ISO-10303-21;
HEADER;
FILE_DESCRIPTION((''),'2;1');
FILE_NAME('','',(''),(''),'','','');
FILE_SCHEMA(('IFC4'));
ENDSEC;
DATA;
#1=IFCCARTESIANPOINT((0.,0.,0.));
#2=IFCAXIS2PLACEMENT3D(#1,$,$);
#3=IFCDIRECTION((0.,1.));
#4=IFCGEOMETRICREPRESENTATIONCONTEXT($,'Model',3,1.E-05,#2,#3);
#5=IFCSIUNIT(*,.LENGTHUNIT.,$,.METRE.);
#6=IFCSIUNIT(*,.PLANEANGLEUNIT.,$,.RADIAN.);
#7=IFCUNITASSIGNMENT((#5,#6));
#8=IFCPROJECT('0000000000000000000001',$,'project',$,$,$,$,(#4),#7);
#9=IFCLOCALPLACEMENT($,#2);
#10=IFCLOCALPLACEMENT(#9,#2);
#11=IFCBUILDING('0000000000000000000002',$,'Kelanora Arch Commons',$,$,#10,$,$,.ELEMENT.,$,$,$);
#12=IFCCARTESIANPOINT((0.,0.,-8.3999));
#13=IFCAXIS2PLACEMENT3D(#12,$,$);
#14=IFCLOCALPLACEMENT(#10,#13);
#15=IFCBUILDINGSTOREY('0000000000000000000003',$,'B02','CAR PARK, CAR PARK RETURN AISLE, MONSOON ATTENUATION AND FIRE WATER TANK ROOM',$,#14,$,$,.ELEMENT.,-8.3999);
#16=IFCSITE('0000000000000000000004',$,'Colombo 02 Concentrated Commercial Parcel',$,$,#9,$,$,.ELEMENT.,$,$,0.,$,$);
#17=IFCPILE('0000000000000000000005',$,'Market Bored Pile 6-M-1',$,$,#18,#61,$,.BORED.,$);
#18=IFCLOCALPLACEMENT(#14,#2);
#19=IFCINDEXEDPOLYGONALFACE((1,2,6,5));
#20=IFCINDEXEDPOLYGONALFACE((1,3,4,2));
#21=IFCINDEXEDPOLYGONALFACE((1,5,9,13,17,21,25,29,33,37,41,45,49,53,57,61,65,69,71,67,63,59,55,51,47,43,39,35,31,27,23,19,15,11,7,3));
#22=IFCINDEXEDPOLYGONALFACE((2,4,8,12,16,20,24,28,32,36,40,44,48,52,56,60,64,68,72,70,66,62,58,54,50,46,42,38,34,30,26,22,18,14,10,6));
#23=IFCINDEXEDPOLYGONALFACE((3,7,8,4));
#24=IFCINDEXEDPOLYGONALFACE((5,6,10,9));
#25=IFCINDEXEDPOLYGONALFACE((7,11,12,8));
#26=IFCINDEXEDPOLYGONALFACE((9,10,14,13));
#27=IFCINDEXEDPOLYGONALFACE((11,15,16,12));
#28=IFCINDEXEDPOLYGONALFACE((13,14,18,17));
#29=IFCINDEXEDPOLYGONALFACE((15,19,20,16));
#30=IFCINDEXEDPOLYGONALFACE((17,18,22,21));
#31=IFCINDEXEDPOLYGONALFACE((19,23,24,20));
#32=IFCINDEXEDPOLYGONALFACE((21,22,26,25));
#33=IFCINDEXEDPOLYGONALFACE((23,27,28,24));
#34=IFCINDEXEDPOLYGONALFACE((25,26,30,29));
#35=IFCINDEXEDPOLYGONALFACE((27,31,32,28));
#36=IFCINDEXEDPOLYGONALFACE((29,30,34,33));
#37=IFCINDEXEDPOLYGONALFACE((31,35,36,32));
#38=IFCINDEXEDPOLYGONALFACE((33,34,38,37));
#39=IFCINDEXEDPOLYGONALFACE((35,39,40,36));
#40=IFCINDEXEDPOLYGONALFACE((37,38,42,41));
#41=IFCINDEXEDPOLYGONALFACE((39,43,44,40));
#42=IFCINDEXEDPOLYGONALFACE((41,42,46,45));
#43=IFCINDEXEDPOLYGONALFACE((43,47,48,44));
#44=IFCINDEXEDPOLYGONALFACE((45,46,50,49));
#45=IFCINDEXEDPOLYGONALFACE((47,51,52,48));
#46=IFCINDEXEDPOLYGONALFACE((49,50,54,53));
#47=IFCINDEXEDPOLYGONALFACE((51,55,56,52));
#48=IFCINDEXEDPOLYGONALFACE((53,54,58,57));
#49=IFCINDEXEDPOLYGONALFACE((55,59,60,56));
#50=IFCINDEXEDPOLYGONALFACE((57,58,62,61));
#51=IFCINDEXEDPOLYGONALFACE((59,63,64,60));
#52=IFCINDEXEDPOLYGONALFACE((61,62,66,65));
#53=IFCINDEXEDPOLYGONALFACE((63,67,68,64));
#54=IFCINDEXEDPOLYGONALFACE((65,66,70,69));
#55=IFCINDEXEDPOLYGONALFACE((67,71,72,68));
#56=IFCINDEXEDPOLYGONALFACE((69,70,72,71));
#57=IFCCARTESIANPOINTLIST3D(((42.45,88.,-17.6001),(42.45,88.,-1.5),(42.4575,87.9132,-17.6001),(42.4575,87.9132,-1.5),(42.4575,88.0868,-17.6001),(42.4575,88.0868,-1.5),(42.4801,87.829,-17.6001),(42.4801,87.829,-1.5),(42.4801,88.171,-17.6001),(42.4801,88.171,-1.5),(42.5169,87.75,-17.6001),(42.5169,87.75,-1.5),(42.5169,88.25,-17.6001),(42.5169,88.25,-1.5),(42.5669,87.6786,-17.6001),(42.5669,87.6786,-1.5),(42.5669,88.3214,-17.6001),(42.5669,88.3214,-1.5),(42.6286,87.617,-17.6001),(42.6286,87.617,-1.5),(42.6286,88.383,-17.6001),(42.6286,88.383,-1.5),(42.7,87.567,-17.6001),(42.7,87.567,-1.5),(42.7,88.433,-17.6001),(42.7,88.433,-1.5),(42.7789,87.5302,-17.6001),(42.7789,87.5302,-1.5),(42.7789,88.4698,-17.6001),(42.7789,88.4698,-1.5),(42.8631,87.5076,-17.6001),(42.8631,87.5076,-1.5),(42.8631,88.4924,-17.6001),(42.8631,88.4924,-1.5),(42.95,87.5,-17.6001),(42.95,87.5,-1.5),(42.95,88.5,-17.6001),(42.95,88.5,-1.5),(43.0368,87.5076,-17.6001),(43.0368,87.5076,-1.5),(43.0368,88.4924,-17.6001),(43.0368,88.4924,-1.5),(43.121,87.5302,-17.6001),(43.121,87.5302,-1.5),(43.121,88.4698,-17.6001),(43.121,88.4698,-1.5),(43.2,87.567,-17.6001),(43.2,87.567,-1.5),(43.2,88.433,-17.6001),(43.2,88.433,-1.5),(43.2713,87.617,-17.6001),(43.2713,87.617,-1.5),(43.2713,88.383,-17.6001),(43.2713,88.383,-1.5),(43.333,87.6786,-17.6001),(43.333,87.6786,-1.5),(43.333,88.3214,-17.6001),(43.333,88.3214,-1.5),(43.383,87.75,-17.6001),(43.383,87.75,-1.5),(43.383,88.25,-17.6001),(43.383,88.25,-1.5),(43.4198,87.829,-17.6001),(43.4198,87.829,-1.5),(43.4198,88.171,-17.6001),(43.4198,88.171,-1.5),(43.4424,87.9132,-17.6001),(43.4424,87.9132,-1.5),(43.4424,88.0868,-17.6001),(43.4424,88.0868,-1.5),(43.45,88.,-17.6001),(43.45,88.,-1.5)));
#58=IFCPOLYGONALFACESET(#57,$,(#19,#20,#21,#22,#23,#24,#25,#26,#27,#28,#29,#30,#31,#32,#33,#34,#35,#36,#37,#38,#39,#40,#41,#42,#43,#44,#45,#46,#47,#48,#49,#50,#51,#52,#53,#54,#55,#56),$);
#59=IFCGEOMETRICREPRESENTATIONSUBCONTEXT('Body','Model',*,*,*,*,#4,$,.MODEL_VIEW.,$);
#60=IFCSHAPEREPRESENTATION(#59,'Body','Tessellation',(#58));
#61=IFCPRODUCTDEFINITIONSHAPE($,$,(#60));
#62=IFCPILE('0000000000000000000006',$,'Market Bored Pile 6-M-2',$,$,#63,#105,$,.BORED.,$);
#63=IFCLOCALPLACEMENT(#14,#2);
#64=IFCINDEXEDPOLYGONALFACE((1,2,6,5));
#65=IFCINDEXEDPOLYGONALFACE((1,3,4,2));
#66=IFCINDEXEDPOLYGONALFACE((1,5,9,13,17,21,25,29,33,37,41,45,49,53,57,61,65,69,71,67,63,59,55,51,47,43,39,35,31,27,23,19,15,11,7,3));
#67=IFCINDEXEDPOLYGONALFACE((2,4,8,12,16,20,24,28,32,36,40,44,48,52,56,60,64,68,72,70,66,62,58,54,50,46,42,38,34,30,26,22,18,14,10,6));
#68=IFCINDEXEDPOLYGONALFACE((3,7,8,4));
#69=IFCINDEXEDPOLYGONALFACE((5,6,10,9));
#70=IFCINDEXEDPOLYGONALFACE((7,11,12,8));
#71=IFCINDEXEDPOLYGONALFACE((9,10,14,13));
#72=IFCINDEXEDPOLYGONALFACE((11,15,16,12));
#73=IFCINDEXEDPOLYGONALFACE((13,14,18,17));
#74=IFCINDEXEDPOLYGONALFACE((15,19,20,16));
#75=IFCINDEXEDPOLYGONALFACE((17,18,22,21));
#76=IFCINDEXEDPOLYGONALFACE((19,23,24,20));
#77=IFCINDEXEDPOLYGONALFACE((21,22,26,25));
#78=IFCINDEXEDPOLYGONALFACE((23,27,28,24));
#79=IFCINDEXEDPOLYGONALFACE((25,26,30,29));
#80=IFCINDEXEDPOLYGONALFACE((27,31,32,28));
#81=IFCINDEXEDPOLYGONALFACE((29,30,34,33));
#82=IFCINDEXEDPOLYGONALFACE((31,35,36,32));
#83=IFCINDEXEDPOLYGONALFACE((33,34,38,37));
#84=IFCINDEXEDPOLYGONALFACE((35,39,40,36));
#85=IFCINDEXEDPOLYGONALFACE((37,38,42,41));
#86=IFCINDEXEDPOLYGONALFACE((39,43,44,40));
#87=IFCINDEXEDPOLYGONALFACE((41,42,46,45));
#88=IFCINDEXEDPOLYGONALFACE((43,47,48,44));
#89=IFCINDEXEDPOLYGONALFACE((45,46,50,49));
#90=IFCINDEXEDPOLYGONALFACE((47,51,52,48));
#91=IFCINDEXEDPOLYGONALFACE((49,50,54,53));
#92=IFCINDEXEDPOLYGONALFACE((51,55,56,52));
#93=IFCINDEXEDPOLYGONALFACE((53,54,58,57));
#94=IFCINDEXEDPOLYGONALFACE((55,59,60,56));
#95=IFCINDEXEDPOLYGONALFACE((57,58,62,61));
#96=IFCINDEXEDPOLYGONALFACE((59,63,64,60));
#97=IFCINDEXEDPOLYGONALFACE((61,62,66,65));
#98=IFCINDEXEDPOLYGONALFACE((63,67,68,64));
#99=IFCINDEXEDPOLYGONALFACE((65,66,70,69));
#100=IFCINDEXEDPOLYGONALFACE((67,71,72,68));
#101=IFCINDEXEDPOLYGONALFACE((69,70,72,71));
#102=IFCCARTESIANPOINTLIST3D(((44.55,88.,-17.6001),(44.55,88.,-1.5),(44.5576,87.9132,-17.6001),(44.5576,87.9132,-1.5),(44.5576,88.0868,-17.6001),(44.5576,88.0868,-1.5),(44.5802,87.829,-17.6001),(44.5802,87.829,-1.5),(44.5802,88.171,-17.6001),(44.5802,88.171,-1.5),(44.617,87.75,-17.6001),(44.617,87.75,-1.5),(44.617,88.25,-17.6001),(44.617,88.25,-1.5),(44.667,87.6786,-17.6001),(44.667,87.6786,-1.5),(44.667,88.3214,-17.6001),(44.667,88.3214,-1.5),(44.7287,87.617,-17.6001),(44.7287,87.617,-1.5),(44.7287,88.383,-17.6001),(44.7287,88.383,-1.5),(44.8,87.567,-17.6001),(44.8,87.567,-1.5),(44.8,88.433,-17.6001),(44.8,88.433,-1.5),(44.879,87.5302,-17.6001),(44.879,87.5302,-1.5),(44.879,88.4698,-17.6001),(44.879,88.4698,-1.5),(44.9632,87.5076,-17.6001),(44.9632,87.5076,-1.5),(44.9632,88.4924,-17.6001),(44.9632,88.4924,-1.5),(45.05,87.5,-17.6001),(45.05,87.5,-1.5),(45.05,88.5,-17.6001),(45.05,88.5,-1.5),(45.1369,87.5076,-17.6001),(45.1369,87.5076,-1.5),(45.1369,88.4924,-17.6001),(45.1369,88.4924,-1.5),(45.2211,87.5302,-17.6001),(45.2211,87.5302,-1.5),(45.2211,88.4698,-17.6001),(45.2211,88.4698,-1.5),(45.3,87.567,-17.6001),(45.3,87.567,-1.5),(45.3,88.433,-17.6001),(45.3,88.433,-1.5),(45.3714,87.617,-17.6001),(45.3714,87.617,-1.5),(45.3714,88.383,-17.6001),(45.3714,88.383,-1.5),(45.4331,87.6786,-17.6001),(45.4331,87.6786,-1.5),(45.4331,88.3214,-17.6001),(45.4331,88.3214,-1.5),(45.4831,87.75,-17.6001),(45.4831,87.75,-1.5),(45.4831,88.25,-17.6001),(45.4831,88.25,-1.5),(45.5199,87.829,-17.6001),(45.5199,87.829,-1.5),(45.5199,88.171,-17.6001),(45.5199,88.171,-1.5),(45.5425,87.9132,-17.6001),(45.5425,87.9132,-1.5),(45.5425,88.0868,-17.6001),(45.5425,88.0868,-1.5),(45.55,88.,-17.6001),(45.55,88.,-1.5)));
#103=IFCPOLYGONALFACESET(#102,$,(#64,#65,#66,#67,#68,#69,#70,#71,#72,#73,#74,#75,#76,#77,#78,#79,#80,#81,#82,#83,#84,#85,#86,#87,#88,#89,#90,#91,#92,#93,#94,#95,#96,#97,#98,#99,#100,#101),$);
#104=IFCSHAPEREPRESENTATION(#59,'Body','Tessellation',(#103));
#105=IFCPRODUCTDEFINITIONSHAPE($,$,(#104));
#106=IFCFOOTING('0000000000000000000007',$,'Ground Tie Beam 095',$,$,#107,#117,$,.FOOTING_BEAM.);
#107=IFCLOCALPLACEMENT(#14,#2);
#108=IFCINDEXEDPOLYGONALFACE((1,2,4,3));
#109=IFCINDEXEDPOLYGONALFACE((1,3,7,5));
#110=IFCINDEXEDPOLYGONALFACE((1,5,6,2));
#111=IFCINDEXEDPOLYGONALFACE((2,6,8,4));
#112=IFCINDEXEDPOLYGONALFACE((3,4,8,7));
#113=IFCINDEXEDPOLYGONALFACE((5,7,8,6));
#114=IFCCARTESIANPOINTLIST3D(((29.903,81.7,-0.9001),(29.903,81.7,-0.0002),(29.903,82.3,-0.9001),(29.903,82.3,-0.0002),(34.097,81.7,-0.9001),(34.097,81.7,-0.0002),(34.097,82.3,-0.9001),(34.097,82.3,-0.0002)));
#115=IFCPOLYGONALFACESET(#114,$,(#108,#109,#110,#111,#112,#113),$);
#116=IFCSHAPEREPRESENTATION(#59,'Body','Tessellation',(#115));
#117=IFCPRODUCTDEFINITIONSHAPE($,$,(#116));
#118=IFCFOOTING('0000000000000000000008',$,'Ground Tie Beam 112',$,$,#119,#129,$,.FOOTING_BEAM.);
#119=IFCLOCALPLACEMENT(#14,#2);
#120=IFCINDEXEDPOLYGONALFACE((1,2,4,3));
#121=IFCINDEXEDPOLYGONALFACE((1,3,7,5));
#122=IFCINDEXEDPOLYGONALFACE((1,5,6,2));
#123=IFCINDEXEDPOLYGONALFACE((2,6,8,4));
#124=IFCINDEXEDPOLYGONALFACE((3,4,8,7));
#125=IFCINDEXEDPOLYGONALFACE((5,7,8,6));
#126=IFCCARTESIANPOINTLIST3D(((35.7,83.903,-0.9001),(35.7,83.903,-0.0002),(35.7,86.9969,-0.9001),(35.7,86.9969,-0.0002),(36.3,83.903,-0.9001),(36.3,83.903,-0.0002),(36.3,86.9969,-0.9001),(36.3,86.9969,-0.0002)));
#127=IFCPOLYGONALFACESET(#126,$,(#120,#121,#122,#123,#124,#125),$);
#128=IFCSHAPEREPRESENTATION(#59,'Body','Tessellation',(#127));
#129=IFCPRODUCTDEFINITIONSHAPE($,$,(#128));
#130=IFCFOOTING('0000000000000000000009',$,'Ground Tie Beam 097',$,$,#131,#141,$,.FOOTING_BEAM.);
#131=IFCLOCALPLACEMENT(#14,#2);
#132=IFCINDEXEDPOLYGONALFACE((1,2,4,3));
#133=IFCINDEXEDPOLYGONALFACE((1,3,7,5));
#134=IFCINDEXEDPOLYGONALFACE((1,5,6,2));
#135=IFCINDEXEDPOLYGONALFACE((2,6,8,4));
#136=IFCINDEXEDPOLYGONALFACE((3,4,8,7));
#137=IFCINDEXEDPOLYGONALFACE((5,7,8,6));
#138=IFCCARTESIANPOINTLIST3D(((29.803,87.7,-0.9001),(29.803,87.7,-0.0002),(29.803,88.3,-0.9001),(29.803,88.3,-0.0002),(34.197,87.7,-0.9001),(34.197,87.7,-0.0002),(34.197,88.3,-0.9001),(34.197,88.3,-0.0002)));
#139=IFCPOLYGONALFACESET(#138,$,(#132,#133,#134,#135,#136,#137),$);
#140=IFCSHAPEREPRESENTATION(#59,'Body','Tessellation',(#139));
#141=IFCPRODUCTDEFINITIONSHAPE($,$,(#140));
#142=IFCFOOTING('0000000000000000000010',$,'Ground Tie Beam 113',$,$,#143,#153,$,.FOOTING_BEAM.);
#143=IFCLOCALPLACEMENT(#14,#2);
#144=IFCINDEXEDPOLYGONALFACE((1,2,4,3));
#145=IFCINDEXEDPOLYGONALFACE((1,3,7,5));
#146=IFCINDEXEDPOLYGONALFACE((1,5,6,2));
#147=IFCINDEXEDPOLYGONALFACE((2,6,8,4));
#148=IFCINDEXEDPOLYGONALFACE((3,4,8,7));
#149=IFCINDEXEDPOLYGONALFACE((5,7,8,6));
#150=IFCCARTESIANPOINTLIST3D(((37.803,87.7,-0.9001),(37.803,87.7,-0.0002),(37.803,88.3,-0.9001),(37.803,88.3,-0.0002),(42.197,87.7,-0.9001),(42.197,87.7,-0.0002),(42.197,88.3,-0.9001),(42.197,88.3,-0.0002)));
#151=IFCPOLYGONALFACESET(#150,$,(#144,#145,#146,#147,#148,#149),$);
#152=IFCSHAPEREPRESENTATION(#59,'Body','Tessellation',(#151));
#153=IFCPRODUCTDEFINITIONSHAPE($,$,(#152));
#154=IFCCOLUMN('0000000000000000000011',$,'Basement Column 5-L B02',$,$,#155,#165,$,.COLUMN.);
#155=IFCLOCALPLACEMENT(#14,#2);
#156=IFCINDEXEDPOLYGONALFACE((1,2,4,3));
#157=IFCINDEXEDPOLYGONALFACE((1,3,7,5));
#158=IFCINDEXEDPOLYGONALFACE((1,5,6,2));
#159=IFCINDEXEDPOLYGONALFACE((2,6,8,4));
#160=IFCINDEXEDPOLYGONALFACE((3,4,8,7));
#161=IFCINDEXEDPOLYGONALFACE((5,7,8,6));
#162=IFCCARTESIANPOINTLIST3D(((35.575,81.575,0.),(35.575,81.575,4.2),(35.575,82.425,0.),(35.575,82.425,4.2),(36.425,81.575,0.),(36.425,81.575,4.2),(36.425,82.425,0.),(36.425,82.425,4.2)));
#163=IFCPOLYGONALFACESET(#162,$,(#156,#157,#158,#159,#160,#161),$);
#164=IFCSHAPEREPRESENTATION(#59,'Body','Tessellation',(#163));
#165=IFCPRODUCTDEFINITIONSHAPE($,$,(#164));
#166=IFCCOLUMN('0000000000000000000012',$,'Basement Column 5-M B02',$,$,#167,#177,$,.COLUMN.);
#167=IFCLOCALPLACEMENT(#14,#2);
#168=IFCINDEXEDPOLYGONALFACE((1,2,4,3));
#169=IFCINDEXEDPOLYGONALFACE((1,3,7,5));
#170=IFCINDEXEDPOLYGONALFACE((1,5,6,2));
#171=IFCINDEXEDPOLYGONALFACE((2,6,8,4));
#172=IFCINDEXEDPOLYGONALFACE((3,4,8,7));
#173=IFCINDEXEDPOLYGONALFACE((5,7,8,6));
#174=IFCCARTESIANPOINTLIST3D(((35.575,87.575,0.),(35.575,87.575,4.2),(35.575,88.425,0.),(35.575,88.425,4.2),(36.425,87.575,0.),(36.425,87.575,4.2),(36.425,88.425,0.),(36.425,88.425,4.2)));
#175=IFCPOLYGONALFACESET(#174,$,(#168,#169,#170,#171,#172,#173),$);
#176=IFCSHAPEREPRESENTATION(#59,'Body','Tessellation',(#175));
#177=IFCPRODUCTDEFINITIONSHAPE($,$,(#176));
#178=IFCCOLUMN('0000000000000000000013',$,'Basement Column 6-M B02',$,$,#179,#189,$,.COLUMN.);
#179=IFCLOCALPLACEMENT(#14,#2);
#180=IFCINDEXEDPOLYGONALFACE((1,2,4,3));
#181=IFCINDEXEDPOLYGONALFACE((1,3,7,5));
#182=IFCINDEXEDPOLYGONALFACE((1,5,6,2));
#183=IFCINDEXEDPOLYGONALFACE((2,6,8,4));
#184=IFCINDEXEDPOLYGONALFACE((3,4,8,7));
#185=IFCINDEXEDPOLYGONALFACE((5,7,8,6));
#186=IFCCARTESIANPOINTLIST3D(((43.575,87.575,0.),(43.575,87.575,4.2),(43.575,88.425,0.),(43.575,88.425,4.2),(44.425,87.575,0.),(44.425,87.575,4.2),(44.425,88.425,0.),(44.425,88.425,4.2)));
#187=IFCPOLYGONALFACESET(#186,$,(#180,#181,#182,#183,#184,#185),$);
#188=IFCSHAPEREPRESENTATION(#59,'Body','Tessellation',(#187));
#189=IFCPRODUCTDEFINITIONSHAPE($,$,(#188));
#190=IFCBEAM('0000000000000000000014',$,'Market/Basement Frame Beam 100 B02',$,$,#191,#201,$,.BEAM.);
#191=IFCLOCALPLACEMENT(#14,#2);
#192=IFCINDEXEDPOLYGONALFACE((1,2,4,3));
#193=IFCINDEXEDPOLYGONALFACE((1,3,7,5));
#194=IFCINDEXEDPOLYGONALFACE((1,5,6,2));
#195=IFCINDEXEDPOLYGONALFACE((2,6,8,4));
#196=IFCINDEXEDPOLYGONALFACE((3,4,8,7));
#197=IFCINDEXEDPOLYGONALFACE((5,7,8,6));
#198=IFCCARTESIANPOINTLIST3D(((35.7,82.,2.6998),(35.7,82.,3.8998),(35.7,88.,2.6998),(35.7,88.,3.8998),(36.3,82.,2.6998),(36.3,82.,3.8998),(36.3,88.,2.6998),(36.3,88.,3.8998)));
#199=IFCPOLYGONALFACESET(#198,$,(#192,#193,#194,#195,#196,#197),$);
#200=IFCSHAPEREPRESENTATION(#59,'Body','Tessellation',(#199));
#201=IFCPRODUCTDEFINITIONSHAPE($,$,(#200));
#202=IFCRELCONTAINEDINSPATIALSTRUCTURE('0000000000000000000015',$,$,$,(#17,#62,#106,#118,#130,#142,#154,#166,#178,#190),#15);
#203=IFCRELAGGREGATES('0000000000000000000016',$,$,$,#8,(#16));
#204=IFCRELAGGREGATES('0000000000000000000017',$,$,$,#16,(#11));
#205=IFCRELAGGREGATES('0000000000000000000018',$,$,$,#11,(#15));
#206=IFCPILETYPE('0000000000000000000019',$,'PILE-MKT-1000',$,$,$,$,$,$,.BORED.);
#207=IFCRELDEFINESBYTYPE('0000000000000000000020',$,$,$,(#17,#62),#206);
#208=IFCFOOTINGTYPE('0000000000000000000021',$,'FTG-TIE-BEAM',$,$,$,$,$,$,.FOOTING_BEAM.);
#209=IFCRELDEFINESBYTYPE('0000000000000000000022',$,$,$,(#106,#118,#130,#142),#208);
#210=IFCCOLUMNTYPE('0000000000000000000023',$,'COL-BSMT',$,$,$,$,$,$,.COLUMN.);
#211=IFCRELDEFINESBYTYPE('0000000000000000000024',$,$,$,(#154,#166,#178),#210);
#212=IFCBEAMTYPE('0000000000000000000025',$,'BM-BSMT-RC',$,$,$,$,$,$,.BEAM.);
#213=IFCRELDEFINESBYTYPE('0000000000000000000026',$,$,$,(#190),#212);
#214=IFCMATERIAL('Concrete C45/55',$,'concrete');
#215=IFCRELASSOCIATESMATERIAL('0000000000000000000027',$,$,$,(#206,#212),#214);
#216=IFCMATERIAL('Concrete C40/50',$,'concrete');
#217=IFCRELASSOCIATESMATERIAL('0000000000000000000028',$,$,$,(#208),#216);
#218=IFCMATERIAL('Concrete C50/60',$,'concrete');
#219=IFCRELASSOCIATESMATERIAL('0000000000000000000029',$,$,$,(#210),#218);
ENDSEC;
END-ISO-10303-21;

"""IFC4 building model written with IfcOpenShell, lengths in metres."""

from ifc_helpers import new_model, si_unit, direction, frame, origin, origin_2d, place, context, subcontext, project, spatial, rectangle, circle, extrude, source, transform, mapped, material, material_profile, profile_set, type_object, element, save


model = new_model("IFC4")

# Units and contexts
model_context = context("Model", 3, precision=1e-05, world=origin(), true_north=direction((0.0, 1.0)))
body_context = subcontext(model_context, "Body", "Model", "MODEL_VIEW")
ifc_project = project(units=[si_unit("LENGTHUNIT", "METRE"), si_unit("PLANEANGLEUNIT", "RADIAN")], contexts=[model_context])

# Site, building, storey
site_placement = place(None, origin())
site = spatial("IfcSite", under=ifc_project, at=site_placement, Name="Colombo 02 Concentrated Commercial Parcel", CompositionType="ELEMENT", RefElevation=0.0)
building_placement = place(site_placement, origin())
building = spatial("IfcBuilding", under=site, at=building_placement, Name="Kelanora Arch Commons", CompositionType="ELEMENT")
storey_placement = place(building_placement, frame((0.0, 0.0, -8.3999)))
storey = spatial("IfcBuildingStorey", under=building, at=storey_placement, Name="B02", Description="CAR PARK, CAR PARK RETURN AISLE, MONSOON ATTENUATION AND FIRE WATER TANK ROOM", CompositionType="ELEMENT", Elevation=-8.3999)

# Shared definitions
ifc_material_1 = material(Name="Concrete C40/50", Category="concrete")

# Shared definitions
ifc_material_2 = material(Name="Concrete C45/55", Category="concrete")
ifc_material_profile_1 = material_profile(ifc_material_2, circle(Radius=0.5, at=origin_2d()), Name="PILE1000")
ifc_profile_set_1 = profile_set([ifc_material_profile_1], Name="Concrete C45/55")
pile_type = type_object("IfcPileType", Name="PILE-MKT-1000", PredefinedType="BORED", material=ifc_profile_set_1)

# Piles
shared_shape_1 = source(origin(), body_context, "Body", "SweptSolid", [
    extrude(circle(Radius=0.5, at=origin_2d()), origin(), (0.0, 0.0, 1.0), 16.1001),
])
for number, where, z_axis, x_axis, name in (
    (1, (42.95, 88.0, -1.5), (0.0, 0.0, -1.0), (1.0, 0.0, 0.0), "Market Bored Pile 6-M-1"),
    (2, (45.05, 88.0, -1.5), (0.0, 0.0, -1.0), (1.0, 0.0, 0.0), "Market Bored Pile 6-M-2"),
):
    element("IfcPile", number, at=place(storey_placement, frame(where, z_axis=z_axis, x_axis=x_axis)), inside=storey, type_object=pile_type, Name=name, PredefinedType="BORED", context=body_context, shape_type="MappedRepresentation", body=[
        mapped(shared_shape_1, transform((0.0, 0.0, 0.0), scale=1.0)),
    ])

# Footings
footing_type_1 = type_object("IfcFootingType", Name="FTG-TIE-BEAM", PredefinedType="FOOTING_BEAM", material=ifc_material_1)
shared_shape_2 = source(origin(), body_context, "Body", "SweptSolid", [
    extrude(rectangle(XDim=4.1941, YDim=0.6001, at=origin_2d()), origin(), (0.0, 0.0, 1.0), 0.8999),
])
footing_1_placement = place(storey_placement, frame((32.0, 82.0, -0.9001), z_axis=(0.0, 0.0, 1.0), x_axis=(1.0, 0.0, 0.0)))
element("IfcFooting", 3, at=footing_1_placement, inside=storey, type_object=footing_type_1, Name="Ground Tie Beam 095", PredefinedType="FOOTING_BEAM", context=body_context, shape_type="MappedRepresentation", body=[
    mapped(shared_shape_2, transform((0.0, 0.0, 0.0), scale=1.0)),
])
shared_shape_3 = source(origin(), body_context, "Body", "SweptSolid", [
    extrude(rectangle(XDim=3.094, YDim=0.6001, at=origin_2d()), origin(), (0.0, 0.0, 1.0), 0.8999),
])
footing_2_placement = place(storey_placement, frame((36.0, 85.45, -0.9001), z_axis=(0.0, 0.0, 1.0), x_axis=(0.0, 1.0, 0.0)))
element("IfcFooting", 4, at=footing_2_placement, inside=storey, type_object=footing_type_1, Name="Ground Tie Beam 112", PredefinedType="FOOTING_BEAM", context=body_context, shape_type="MappedRepresentation", body=[
    mapped(shared_shape_3, transform((0.0, 0.0, 0.0), scale=1.0)),
])
shared_shape_4 = source(origin(), body_context, "Body", "SweptSolid", [
    extrude(rectangle(XDim=4.394, YDim=0.6001, at=origin_2d()), origin(), (0.0, 0.0, 1.0), 0.8999),
])
for number, where, z_axis, x_axis, name in (
    (5, (32.0, 88.0, -0.9001), (0.0, 0.0, 1.0), (1.0, 0.0, 0.0), "Ground Tie Beam 097"),
    (6, (40.0, 88.0, -0.9001), (0.0, 0.0, 1.0), (1.0, 0.0, 0.0), "Ground Tie Beam 113"),
):
    element("IfcFooting", number, at=place(storey_placement, frame(where, z_axis=z_axis, x_axis=x_axis)), inside=storey, type_object=footing_type_1, Name=name, PredefinedType="FOOTING_BEAM", context=body_context, shape_type="MappedRepresentation", body=[
        mapped(shared_shape_4, transform((0.0, 0.0, 0.0), scale=1.0)),
    ])

# Columns
ifc_material_3 = material(Name="Concrete C50/60", Category="concrete")
ifc_material_profile_2 = material_profile(ifc_material_3, rectangle(XDim=0.8501, YDim=0.8501, at=origin_2d()), Name="RC850x850")
ifc_profile_set_2 = profile_set([ifc_material_profile_2], Name="Concrete C50/60")
column_type = type_object("IfcColumnType", Name="COL-BSMT", PredefinedType="COLUMN", material=ifc_profile_set_2)
for number, where, z_axis, x_axis, name in (
    (7, (36.0, 82.0, 0.0), (0.0, 0.0, 1.0), (1.0, 0.0, 0.0), "Basement Column 5-L B02"),
    (8, (36.0, 88.0, 0.0), (0.0, 0.0, 1.0), (1.0, 0.0, 0.0), "Basement Column 5-M B02"),
    (9, (44.0, 88.0, 0.0), (0.0, 0.0, 1.0), (1.0, 0.0, 0.0), "Basement Column 6-M B02"),
):
    element("IfcColumn", number, at=place(storey_placement, frame(where, z_axis=z_axis, x_axis=x_axis)), inside=storey, type_object=column_type, Name=name, PredefinedType="COLUMN", context=body_context, shape_type="SweptSolid", body=[
        extrude(rectangle(XDim=0.8501, YDim=0.8501, at=origin_2d()), origin(), (0.0, 0.0, 1.0), 4.2),
    ])

# Beam
ifc_material_profile_3 = material_profile(ifc_material_2, rectangle(XDim=0.6001, YDim=1.2, at=origin_2d()), Name="RCB600x1200")
ifc_profile_set_3 = profile_set([ifc_material_profile_3], Name="Concrete C45/55")
beam_type = type_object("IfcBeamType", Name="BM-BSMT-RC", PredefinedType="BEAM", material=ifc_profile_set_3)
beam_placement = place(storey_placement, frame((36.0, 82.0, 3.2998), z_axis=(0.0, 1.0, 0.0), x_axis=(-1.0, 0.0, 0.0)))
element("IfcBeam", 10, at=beam_placement, inside=storey, type_object=beam_type, Name="Market/Basement Frame Beam 100 B02", PredefinedType="BEAM", context=body_context, shape_type="SweptSolid", body=[
    extrude(rectangle(XDim=0.6001, YDim=1.2, at=origin_2d()), origin(), (0.0, 0.0, 1.0), 6.0),
])

save(model, "model.ifc")
